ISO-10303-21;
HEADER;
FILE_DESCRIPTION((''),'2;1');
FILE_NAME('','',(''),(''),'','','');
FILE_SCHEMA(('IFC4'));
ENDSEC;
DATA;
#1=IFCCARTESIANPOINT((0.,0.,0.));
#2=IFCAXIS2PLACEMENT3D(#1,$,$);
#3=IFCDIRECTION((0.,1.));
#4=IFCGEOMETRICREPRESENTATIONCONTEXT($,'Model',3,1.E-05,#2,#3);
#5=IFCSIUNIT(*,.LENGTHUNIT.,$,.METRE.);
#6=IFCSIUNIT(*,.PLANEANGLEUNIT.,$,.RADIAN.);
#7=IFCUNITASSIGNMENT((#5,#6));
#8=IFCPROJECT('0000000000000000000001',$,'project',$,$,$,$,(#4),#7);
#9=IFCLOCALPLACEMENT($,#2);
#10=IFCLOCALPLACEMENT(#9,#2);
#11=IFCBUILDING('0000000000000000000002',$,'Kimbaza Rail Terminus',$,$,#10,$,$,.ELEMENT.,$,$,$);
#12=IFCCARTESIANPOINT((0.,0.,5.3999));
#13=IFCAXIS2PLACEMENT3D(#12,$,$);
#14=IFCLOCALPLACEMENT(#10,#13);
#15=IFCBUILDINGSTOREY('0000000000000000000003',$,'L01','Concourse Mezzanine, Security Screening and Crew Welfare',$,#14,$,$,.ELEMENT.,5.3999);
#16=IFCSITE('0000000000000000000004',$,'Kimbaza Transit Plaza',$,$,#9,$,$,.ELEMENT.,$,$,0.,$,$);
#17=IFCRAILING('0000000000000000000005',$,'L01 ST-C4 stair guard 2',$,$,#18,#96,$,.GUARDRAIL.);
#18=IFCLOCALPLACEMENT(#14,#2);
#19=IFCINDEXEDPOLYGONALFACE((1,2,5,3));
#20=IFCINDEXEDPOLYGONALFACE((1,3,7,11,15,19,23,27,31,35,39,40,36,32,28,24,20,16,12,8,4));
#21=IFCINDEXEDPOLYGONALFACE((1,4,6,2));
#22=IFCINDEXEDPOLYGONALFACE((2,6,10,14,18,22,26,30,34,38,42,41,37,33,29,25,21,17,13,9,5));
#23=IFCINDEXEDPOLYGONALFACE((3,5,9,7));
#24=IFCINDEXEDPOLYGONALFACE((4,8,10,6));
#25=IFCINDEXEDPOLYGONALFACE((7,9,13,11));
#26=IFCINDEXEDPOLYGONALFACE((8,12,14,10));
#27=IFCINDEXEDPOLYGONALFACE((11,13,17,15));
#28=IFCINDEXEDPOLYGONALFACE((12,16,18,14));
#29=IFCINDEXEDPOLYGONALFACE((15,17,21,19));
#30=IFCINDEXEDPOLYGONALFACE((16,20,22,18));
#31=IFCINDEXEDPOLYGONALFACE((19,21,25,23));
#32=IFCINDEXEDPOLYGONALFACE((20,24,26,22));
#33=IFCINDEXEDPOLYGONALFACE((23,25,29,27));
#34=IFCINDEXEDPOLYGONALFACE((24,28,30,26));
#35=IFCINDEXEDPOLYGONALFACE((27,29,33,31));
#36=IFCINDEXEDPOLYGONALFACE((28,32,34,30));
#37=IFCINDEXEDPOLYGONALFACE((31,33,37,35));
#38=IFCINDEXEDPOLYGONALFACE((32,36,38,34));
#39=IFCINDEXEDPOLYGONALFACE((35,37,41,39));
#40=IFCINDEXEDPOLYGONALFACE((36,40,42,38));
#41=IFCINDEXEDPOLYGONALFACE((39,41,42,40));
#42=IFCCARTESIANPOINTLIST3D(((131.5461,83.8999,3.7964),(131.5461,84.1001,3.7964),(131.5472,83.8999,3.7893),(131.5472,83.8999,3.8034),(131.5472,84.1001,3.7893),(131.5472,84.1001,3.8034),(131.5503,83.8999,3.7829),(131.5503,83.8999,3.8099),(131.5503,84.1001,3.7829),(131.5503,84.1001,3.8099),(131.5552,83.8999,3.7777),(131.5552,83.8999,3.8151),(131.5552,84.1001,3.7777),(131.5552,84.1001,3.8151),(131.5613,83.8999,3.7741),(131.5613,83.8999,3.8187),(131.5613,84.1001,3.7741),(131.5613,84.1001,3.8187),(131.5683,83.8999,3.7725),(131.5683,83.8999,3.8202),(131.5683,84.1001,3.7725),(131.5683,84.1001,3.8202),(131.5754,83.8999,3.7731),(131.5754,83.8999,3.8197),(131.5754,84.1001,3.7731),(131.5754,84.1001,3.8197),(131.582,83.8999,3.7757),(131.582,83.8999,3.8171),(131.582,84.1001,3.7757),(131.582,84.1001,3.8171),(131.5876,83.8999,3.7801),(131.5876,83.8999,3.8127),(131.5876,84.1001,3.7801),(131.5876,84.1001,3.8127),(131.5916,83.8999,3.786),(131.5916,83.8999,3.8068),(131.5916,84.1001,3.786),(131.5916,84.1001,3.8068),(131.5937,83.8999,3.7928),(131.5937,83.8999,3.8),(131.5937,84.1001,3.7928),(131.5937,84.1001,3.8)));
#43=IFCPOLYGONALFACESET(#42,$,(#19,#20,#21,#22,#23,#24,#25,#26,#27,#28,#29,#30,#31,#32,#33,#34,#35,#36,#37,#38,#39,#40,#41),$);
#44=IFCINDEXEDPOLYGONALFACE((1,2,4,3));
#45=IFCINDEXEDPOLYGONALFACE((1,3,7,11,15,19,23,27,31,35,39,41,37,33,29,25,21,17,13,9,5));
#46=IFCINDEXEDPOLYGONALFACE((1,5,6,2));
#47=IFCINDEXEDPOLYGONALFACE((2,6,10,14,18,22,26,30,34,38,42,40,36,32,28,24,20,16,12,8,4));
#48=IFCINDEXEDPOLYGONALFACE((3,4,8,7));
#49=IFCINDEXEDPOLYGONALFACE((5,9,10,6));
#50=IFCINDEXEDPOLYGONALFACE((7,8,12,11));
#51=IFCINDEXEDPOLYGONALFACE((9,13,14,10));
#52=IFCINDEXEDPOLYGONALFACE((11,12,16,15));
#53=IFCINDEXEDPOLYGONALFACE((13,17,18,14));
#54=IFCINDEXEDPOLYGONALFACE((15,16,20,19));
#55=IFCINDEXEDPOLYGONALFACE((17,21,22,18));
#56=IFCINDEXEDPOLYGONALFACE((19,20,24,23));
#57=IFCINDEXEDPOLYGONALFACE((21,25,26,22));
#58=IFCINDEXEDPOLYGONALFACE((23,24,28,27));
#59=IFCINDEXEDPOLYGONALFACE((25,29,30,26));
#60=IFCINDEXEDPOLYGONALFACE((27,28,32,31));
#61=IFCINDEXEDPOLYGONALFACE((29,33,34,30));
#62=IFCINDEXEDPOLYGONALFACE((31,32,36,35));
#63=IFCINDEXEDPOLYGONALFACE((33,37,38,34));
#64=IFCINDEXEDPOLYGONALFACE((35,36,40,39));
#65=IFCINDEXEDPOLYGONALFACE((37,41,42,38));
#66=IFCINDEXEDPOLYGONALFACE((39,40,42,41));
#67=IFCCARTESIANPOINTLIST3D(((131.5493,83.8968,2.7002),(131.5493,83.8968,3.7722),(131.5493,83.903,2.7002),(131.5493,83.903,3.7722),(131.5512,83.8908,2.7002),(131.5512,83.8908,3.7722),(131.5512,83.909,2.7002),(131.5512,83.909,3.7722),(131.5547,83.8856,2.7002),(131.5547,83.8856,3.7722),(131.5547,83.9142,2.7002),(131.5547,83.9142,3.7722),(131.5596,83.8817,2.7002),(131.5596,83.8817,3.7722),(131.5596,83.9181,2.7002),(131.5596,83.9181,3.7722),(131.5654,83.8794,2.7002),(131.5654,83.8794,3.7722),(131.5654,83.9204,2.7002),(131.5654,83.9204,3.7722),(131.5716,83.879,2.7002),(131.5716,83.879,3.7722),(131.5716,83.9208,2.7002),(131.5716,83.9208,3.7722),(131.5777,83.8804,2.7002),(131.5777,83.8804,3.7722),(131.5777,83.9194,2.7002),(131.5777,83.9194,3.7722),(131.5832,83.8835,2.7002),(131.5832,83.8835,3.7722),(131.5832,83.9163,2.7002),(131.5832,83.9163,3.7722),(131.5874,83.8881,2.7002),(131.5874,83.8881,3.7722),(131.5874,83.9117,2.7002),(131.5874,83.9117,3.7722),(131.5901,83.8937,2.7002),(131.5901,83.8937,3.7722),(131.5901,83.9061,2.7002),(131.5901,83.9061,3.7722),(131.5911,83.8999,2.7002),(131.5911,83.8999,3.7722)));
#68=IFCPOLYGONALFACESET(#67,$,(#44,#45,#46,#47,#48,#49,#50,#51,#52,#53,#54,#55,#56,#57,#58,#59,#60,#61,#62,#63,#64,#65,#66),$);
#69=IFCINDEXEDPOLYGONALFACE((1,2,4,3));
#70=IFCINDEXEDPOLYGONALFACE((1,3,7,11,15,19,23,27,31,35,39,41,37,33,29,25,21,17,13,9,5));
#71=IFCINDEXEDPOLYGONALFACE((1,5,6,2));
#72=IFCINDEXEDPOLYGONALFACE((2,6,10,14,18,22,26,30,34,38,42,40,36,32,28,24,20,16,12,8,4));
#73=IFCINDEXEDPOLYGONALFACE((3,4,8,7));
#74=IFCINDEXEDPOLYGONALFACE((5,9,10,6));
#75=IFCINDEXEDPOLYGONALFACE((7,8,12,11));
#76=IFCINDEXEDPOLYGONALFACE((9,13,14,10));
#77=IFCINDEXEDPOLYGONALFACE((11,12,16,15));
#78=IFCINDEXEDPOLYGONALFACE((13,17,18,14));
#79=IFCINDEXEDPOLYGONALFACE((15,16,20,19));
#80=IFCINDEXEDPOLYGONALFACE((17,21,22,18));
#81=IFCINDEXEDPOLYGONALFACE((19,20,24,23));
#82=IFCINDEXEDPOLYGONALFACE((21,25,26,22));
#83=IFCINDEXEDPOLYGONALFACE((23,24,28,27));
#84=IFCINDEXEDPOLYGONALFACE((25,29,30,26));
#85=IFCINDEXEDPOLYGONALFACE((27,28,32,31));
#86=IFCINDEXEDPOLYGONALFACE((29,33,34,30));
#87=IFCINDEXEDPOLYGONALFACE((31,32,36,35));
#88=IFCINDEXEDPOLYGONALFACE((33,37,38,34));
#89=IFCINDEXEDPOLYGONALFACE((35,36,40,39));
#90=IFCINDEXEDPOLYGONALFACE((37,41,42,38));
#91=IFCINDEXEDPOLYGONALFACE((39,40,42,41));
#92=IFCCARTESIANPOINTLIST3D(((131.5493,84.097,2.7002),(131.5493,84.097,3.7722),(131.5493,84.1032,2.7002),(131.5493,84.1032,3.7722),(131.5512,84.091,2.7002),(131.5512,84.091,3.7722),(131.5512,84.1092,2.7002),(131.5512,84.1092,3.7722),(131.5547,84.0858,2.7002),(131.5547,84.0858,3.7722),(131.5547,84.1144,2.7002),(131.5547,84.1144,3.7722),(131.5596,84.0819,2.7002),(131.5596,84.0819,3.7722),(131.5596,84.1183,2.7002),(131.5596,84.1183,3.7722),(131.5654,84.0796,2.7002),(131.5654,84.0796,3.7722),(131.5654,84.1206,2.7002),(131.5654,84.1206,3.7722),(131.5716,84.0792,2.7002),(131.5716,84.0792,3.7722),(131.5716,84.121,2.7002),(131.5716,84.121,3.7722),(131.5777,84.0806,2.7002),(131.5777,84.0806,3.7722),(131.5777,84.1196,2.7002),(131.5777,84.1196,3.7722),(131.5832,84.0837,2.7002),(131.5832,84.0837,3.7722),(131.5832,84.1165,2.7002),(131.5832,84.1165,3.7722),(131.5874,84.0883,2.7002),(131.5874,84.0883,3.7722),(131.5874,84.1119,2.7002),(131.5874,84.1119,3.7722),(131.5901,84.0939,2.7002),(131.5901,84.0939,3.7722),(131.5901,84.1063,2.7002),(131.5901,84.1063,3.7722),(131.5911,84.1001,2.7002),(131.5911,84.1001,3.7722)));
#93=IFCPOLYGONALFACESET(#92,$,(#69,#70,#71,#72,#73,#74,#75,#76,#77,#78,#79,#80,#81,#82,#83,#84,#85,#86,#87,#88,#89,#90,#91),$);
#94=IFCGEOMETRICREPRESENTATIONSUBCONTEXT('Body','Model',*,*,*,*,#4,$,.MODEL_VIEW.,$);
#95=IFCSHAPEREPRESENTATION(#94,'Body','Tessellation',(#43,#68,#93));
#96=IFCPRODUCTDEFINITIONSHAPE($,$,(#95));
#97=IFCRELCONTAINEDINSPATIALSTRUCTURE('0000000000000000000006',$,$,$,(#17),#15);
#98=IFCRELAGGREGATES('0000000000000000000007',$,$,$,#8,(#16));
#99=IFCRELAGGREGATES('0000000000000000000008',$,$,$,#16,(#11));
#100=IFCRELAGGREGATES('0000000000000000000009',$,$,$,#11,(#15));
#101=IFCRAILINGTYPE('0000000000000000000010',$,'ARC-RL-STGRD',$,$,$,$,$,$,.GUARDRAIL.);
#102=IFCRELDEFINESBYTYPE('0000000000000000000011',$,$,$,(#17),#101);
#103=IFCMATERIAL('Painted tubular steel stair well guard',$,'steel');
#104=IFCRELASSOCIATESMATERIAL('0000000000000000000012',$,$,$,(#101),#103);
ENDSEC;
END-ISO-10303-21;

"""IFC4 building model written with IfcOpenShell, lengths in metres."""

from ifc_helpers import new_model, si_unit, direction, frame, origin, origin_2d, place, context, subcontext, project, spatial, circle, extrude, material, type_object, element, save


model = new_model("IFC4")

# Units and contexts
model_context = context("Model", 3, precision=1e-05, world=origin(), true_north=direction((0.0, 1.0)))
body_context = subcontext(model_context, "Body", "Model", "MODEL_VIEW")
ifc_project = project(units=[si_unit("LENGTHUNIT", "METRE"), si_unit("PLANEANGLEUNIT", "RADIAN")], contexts=[model_context])

# Site, building, storey
site_placement = place(None, origin())
site = spatial("IfcSite", under=ifc_project, at=site_placement, Name="Kimbaza Transit Plaza", CompositionType="ELEMENT", RefElevation=0.0)
building_placement = place(site_placement, origin())
building = spatial("IfcBuilding", under=site, at=building_placement, Name="Kimbaza Rail Terminus", CompositionType="ELEMENT")
storey_placement = place(building_placement, frame((0.0, 0.0, 5.3999)))
storey = spatial("IfcBuildingStorey", under=building, at=storey_placement, Name="L01", Description="Concourse Mezzanine, Security Screening and Crew Welfare", CompositionType="ELEMENT", Elevation=5.3999)

# Railing
ifc_material_1 = material(Name="Painted tubular steel stair well guard", Category="steel")
railing_type_1 = type_object("IfcRailingType", Name="ARC-RL-STGRD", PredefinedType="GUARDRAIL", material=ifc_material_1)
railing_1_placement = place(storey_placement, frame((131.5701, 83.8999, 2.7002)))
element("IfcRailing", 1, at=railing_1_placement, inside=storey, type_object=railing_type_1, Name="L01 ST-C4 stair guard 2", PredefinedType="GUARDRAIL", context=body_context, shape_type="SweptSolid", body=[
    extrude(circle(Radius=0.0239, at=origin_2d()), frame((0.0, 0.0, 1.0962), z_axis=(0.0, 1.0, 0.0), x_axis=(-1.0, 0.0, 0.0)), (0.0, 0.0, 1.0), 0.2002),
    extrude(circle(Radius=0.021, at=origin_2d()), origin(), (0.0, 0.0, 1.0), 1.072),
    extrude(circle(Radius=0.021, at=origin_2d()), frame((0.0, 0.2002, 0.0)), (0.0, 0.0, 1.0), 1.072),
])

save(model, "model.ifc")
